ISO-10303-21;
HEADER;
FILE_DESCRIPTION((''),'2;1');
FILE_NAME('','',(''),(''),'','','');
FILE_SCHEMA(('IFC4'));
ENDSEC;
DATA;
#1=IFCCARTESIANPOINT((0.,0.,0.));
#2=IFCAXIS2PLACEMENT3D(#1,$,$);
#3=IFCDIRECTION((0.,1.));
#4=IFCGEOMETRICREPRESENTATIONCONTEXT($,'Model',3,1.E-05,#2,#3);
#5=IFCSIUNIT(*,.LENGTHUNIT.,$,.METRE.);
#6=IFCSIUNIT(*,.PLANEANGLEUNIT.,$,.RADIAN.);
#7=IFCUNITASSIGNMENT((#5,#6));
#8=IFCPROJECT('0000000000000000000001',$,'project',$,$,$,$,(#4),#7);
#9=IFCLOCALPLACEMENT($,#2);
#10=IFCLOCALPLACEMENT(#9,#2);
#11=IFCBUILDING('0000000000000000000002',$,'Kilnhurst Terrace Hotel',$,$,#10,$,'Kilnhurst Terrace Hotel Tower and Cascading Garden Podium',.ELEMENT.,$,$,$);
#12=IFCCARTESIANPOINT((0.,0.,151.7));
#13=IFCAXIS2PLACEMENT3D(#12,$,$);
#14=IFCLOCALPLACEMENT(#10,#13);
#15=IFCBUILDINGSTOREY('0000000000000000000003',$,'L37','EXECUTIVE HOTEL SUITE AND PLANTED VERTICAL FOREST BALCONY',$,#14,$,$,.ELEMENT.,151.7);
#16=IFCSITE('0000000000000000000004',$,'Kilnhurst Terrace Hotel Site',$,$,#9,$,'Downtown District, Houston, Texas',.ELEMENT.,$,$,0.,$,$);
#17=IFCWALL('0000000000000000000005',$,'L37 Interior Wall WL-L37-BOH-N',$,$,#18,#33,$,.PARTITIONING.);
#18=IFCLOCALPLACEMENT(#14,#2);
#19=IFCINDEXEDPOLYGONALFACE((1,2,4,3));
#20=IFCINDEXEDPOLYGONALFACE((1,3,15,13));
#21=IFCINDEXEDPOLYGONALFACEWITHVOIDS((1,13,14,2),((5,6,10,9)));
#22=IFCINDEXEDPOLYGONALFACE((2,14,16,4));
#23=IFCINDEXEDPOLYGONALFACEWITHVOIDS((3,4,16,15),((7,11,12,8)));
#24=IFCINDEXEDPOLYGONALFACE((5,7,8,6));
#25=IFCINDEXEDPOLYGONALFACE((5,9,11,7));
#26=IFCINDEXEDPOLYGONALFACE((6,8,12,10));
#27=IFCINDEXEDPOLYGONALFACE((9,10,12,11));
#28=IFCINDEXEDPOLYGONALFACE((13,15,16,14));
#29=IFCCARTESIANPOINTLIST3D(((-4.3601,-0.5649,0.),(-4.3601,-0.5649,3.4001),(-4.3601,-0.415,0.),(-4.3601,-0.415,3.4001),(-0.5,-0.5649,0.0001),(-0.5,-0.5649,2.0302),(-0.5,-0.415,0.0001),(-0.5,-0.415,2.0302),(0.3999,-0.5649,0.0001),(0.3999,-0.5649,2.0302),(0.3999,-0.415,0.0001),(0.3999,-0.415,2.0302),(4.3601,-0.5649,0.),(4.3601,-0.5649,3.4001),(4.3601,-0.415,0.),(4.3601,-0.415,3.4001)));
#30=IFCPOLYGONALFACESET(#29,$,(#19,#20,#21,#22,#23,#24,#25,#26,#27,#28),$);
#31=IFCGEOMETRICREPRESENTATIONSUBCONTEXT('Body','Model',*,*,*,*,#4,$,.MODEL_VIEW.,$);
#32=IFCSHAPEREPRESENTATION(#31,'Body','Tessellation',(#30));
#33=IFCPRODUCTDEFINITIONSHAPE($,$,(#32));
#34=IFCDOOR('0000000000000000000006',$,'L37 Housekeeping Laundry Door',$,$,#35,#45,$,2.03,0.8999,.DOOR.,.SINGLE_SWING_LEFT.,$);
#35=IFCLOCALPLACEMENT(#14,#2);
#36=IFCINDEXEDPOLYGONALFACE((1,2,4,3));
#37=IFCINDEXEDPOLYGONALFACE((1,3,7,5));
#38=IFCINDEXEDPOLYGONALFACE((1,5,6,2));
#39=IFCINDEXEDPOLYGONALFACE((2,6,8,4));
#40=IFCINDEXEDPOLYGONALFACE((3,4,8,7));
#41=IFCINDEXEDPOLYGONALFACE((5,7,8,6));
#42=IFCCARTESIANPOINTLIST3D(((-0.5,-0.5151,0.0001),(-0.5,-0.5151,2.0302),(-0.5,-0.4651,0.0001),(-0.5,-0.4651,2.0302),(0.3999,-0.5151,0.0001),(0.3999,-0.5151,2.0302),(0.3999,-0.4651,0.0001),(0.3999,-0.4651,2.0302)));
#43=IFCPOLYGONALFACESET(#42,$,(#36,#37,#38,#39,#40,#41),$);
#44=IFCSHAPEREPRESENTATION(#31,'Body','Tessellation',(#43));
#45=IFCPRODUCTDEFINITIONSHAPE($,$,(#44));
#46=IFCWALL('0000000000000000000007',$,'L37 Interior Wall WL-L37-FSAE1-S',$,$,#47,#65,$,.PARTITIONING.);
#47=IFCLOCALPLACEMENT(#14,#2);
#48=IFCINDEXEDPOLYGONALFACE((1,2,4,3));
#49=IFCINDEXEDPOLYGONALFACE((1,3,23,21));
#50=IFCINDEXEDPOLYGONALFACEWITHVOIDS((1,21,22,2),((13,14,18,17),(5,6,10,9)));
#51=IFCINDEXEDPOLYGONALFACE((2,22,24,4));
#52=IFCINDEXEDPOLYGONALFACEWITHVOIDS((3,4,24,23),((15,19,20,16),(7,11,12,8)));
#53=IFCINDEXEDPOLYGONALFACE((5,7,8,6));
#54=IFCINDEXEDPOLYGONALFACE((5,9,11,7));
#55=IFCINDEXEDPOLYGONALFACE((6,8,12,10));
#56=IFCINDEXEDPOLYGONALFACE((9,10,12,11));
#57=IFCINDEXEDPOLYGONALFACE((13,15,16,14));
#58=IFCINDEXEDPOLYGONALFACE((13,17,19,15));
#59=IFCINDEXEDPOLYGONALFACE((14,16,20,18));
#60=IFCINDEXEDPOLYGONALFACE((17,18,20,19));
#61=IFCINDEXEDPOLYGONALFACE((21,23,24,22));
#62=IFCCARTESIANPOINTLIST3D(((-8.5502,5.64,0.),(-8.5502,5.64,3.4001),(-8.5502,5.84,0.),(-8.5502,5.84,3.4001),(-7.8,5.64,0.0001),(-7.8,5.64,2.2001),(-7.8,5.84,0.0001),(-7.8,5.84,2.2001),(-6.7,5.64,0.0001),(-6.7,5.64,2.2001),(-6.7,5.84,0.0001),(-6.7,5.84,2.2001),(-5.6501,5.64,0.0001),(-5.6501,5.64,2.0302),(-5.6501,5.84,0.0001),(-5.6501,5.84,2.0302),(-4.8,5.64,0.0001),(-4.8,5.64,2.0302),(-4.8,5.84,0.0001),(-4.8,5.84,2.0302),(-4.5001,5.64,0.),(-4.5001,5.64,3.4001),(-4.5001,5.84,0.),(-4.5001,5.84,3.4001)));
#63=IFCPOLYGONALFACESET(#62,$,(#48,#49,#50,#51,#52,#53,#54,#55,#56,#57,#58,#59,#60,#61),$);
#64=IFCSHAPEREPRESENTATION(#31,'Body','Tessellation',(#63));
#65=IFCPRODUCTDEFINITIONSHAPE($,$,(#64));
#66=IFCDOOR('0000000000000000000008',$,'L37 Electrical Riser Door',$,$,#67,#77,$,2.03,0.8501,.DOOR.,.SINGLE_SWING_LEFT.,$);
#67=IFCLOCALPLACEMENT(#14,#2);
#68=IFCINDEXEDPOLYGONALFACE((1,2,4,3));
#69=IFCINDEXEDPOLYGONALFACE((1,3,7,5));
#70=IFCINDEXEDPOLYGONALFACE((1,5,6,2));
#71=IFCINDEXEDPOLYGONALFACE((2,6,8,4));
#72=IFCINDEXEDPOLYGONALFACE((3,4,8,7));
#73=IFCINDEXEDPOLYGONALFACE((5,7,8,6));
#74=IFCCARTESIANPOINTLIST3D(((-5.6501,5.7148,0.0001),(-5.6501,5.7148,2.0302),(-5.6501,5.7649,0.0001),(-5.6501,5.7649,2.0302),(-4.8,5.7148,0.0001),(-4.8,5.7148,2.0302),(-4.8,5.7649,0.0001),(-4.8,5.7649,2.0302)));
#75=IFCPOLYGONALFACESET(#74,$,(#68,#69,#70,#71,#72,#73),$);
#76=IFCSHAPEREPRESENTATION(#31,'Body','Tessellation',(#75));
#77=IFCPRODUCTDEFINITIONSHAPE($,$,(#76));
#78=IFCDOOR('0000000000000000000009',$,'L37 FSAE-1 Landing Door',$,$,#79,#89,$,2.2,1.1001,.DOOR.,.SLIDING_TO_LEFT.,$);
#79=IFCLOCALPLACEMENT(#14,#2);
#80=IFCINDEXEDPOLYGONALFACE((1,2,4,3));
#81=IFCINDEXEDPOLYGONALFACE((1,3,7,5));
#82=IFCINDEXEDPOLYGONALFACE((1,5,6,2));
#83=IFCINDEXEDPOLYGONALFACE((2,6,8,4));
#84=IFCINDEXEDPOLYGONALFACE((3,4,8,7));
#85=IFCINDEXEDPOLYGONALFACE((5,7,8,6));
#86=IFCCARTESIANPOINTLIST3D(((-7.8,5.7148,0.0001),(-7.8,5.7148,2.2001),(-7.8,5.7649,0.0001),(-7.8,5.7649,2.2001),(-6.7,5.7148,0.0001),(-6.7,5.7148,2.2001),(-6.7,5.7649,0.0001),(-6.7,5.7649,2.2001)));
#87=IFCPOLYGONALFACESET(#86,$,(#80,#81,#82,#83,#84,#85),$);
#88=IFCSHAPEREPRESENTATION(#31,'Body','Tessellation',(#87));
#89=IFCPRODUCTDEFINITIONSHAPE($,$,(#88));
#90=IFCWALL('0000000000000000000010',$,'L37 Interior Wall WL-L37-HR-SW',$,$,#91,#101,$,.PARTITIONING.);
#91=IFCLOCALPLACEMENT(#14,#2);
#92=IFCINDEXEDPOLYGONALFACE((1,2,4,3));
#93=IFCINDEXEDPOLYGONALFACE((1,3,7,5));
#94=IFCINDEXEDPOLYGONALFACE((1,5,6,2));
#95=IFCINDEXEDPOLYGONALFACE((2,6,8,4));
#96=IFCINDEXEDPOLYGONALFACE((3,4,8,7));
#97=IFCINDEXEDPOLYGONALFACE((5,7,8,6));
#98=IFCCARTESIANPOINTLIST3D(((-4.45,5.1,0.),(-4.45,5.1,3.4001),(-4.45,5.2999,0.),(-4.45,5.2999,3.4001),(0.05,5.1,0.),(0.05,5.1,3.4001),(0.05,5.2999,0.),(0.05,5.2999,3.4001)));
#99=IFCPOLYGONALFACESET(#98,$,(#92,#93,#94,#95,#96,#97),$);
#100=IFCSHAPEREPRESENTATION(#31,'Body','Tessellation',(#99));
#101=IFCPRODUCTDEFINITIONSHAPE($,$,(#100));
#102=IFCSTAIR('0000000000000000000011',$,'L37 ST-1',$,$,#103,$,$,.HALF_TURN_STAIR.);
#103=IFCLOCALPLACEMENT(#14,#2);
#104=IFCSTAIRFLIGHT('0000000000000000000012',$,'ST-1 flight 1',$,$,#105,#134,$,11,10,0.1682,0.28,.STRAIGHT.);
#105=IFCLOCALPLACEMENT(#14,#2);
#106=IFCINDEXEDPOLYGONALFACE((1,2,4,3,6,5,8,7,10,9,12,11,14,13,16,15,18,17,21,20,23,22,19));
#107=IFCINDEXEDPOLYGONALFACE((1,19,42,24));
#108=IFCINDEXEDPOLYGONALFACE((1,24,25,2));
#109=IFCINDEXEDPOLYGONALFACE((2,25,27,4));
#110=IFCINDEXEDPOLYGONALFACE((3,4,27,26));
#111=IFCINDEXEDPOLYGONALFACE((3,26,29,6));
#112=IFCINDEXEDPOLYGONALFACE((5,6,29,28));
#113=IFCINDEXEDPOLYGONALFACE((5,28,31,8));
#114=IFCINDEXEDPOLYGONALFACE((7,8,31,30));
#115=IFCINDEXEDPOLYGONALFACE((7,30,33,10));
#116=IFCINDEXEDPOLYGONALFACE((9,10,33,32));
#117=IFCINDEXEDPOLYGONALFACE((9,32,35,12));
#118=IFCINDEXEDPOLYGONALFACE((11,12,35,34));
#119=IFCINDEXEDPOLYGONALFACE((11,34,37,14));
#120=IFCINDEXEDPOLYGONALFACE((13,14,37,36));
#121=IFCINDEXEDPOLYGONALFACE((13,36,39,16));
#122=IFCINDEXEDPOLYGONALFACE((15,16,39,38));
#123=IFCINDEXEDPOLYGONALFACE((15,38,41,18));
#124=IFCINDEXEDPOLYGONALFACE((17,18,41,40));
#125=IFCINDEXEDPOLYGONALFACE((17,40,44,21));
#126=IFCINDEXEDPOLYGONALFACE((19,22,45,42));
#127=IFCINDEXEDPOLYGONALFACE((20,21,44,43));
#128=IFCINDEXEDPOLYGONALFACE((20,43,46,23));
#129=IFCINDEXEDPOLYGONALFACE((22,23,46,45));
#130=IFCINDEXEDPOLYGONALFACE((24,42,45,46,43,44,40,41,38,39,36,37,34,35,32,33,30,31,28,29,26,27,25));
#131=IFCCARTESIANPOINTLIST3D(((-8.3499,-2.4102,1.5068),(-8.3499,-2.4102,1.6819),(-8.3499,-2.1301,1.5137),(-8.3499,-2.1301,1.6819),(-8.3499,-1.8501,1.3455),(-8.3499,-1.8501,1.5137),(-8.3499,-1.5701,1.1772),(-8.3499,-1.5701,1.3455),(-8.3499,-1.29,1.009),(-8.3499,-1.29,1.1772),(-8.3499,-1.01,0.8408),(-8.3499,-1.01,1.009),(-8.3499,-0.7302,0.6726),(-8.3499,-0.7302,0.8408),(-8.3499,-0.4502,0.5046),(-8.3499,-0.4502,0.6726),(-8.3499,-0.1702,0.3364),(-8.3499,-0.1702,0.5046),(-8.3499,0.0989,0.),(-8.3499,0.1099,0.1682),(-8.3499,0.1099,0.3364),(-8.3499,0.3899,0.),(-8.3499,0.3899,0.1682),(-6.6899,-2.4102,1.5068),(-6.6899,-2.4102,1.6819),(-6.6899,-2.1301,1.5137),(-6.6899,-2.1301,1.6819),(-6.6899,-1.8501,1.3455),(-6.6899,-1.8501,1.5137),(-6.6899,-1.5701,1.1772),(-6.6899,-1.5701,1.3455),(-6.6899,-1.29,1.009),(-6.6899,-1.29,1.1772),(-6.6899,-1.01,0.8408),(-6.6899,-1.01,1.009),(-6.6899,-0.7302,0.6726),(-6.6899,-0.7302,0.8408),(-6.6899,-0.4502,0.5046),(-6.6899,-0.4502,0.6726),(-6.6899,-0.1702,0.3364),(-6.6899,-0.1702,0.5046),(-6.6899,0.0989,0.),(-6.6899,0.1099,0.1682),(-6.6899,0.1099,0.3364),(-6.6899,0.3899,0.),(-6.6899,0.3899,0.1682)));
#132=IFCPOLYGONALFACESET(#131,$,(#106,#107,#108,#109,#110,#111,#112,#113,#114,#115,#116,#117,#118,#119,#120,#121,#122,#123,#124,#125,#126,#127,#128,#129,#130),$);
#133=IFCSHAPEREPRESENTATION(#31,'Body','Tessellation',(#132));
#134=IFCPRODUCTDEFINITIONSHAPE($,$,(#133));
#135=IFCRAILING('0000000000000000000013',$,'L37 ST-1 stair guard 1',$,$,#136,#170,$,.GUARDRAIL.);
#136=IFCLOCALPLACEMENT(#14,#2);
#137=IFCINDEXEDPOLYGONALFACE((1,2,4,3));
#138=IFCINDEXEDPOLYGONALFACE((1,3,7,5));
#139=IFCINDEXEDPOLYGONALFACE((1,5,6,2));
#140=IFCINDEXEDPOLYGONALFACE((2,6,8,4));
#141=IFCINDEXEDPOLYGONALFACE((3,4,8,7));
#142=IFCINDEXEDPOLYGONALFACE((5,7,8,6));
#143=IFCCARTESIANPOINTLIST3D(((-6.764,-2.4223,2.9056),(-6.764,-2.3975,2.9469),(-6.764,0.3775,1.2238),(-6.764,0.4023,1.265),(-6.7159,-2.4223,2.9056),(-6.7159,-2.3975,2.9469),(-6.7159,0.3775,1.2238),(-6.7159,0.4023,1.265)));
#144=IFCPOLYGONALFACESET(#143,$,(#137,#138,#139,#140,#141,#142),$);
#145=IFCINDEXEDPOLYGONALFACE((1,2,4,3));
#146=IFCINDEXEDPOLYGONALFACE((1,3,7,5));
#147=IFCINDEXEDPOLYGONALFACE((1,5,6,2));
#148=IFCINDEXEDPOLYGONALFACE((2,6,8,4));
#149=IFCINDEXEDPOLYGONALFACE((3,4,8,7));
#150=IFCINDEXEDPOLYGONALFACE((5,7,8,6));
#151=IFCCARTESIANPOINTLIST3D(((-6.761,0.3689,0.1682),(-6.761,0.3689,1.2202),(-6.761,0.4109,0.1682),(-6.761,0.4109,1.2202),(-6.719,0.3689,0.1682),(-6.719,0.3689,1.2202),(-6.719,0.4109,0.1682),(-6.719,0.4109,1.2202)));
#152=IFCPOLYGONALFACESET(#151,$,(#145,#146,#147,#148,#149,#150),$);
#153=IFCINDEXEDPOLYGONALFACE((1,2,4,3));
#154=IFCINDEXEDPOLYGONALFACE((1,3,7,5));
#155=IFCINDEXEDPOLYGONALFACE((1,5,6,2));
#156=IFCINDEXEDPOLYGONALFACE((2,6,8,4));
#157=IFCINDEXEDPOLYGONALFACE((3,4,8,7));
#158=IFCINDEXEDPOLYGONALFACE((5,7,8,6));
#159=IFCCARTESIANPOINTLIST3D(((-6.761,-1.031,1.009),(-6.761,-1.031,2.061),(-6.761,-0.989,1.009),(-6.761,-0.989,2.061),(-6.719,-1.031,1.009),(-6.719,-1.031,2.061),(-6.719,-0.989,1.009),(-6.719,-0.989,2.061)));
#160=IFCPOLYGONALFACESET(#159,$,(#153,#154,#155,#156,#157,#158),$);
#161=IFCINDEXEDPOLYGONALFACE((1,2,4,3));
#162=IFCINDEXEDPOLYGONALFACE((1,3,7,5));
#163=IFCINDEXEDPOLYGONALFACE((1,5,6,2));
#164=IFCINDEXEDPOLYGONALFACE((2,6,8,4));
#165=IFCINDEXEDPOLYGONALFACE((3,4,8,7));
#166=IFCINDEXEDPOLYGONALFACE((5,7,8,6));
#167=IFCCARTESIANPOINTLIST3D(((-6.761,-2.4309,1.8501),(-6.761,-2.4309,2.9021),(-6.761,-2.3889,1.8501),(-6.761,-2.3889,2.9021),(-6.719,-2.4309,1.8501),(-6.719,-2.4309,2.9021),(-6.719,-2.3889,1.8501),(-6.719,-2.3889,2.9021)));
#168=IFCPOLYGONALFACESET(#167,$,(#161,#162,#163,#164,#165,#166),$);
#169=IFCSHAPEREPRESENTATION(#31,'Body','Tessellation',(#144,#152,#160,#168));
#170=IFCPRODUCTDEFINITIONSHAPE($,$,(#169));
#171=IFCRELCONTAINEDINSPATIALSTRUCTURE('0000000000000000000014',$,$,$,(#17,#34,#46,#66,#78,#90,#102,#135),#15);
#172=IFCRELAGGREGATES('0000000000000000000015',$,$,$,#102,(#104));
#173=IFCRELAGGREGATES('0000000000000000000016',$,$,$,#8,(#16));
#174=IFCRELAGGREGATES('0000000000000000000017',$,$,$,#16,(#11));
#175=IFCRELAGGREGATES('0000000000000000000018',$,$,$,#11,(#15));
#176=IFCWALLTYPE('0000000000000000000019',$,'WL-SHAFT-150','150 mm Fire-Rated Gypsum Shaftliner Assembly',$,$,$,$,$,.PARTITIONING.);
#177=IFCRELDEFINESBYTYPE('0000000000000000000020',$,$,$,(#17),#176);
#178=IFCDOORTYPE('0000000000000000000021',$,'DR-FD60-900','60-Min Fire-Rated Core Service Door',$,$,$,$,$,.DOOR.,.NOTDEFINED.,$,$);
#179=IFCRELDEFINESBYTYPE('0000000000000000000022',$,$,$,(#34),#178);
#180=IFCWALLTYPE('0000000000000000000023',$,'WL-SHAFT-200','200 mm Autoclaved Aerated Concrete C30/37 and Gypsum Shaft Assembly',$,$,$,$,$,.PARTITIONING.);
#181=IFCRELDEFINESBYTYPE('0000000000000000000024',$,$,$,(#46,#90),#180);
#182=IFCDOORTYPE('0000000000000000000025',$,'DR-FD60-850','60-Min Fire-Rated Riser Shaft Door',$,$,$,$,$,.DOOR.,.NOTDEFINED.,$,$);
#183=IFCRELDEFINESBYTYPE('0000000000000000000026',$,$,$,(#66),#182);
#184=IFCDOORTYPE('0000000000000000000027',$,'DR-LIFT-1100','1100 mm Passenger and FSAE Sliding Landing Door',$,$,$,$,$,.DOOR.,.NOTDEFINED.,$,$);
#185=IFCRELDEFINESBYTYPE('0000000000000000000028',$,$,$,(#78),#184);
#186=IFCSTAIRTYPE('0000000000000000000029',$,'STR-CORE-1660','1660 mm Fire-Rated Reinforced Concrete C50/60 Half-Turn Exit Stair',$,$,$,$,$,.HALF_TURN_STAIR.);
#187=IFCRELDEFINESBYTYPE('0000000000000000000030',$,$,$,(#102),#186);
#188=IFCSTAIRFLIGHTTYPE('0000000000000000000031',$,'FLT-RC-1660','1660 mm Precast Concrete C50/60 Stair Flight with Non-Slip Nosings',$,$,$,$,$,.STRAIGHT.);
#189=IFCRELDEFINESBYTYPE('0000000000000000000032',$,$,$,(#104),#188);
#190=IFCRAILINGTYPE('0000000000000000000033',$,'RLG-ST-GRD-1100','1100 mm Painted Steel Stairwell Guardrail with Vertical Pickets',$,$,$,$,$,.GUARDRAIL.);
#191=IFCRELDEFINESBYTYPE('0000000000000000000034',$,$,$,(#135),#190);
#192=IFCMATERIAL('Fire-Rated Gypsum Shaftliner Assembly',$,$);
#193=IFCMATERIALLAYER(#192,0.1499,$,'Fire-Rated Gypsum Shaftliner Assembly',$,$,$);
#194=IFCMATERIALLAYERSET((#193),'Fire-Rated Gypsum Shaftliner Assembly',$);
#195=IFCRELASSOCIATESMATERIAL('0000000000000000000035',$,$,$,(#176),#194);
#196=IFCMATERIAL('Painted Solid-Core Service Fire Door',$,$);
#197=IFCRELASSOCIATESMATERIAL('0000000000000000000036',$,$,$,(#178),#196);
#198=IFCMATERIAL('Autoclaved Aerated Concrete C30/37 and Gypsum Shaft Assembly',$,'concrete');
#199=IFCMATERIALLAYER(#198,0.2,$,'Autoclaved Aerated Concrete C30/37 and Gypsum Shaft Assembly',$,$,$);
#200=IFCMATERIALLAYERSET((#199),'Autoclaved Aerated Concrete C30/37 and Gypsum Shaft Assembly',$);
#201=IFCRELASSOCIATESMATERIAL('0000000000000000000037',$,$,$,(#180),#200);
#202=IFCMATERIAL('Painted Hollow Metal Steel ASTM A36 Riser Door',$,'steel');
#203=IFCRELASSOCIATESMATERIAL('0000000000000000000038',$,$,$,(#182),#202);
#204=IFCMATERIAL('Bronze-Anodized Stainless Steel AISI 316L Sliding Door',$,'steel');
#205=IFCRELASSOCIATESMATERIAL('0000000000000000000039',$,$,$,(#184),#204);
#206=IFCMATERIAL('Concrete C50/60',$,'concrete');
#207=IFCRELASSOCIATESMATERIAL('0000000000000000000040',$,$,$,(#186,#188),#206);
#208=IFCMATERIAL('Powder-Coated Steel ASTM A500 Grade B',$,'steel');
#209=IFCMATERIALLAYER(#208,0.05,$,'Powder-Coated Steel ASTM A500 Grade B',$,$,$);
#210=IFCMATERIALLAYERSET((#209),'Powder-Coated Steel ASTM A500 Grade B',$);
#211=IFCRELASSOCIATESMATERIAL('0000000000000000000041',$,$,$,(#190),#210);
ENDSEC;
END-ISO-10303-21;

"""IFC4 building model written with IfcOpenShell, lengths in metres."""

from ifc_helpers import new_model, si_unit, direction, frame, frame_2d, origin, origin_2d, place, context, subcontext, project, spatial, polyline, rectangle, outline, extrude, material, layer, layer_set, type_object, element, fill, aggregate, save


model = new_model("IFC4")

# Units and contexts
model_context = context("Model", 3, precision=1e-05, world=origin(), true_north=direction((0.0, 1.0)))
body_context = subcontext(model_context, "Body", "Model", "MODEL_VIEW")
ifc_project = project(units=[si_unit("LENGTHUNIT", "METRE"), si_unit("PLANEANGLEUNIT", "RADIAN")], contexts=[model_context])

# Site, building, storey
site_placement = place(None, origin())
site = spatial("IfcSite", under=ifc_project, at=site_placement, Name="Kilnhurst Terrace Hotel Site", LongName="Downtown District, Houston, Texas", CompositionType="ELEMENT", RefElevation=0.0)
building_placement = place(site_placement, origin())
building = spatial("IfcBuilding", under=site, at=building_placement, Name="Kilnhurst Terrace Hotel", LongName="Kilnhurst Terrace Hotel Tower and Cascading Garden Podium", CompositionType="ELEMENT")
storey_placement = place(building_placement, frame((0.0, 0.0, 151.7)))
storey = spatial("IfcBuildingStorey", under=building, at=storey_placement, Name="L37", Description="EXECUTIVE HOTEL SUITE AND PLANTED VERTICAL FOREST BALCONY", CompositionType="ELEMENT", Elevation=151.7)

# Shared definitions
ifc_material_1 = material(Name="Concrete C50/60", Category="concrete")

# Shared definitions
ifc_material_2 = material(Name="Fire-Rated Gypsum Shaftliner Assembly")
ifc_layer_1 = layer(ifc_material_2, 0.1499, Name="Fire-Rated Gypsum Shaftliner Assembly")
ifc_layer_set_1 = layer_set([ifc_layer_1], Name="Fire-Rated Gypsum Shaftliner Assembly")
wall_type_1 = type_object("IfcWallType", Name="WL-SHAFT-150", Description="150 mm Fire-Rated Gypsum Shaftliner Assembly", PredefinedType="PARTITIONING", material=ifc_layer_set_1)

# Wall, opening, door
wall_1_placement = place(storey_placement, frame((-4.3601, -0.49, 0.0), z_axis=(0.0, 0.0, 1.0), x_axis=(1.0, 0.0, 0.0)))
wall_1 = element("IfcWall", 1, at=wall_1_placement, inside=storey, type_object=wall_type_1, Name="L37 Interior Wall WL-L37-BOH-N", PredefinedType="PARTITIONING", context=body_context, shape_type="SweptSolid", body=[
    extrude(rectangle(XDim=8.7202, YDim=0.1499, at=frame_2d((4.3601, 0.0))), origin(), (0.0, 0.0, 1.0), 3.4001),
])
opening_1_placement = place(wall_1_placement, frame((3.8601, 0.0, 0.0)))
opening_1 = element("IfcOpeningElement", 2, at=opening_1_placement, cuts=wall_1, PredefinedType="OPENING", context=body_context, shape_type="SweptSolid", body=[
    extrude(rectangle(XDim=0.8999, YDim=2.03, at=frame_2d((0.45, 1.0151))), frame((0.0, 0.085, 0.0), z_axis=(0.0, -1.0, 0.0), x_axis=(1.0, 0.0, 0.0)), (0.0, 0.0, 1.0), 0.1699),
])
ifc_material_3 = material(Name="Painted Solid-Core Service Fire Door")
door_type_1 = type_object("IfcDoorType", Name="DR-FD60-900", Description="60-Min Fire-Rated Core Service Door", OperationType="NOTDEFINED", PredefinedType="DOOR", material=ifc_material_3)
door_1_placement = place(opening_1_placement, origin())
door_1 = element("IfcDoor", 3, at=door_1_placement, inside=storey, type_object=door_type_1, Name="L37 Housekeeping Laundry Door", OperationType="SINGLE_SWING_LEFT", OverallHeight=2.03, OverallWidth=0.8999, PredefinedType="DOOR", context=body_context, shape_type="SweptSolid", body=[
    extrude(rectangle(XDim=0.8999, YDim=2.03, at=frame_2d((0.45, 1.0151))), frame((0.0, 0.0249, 0.0), z_axis=(0.0, -1.0, 0.0), x_axis=(1.0, 0.0, 0.0)), (0.0, 0.0, 1.0), 0.05),
])
fill(opening_1, door_1)

# Wall, openings, doors
ifc_material_4 = material(Name="Autoclaved Aerated Concrete C30/37 and Gypsum Shaft Assembly", Category="concrete")
ifc_layer_2 = layer(ifc_material_4, 0.2, Name="Autoclaved Aerated Concrete C30/37 and Gypsum Shaft Assembly")
ifc_layer_set_2 = layer_set([ifc_layer_2], Name="Autoclaved Aerated Concrete C30/37 and Gypsum Shaft Assembly")
wall_type_2 = type_object("IfcWallType", Name="WL-SHAFT-200", Description="200 mm Autoclaved Aerated Concrete C30/37 and Gypsum Shaft Assembly", PredefinedType="PARTITIONING", material=ifc_layer_set_2)
wall_2_placement = place(storey_placement, frame((-8.55, 5.74, 0.0), z_axis=(0.0, 0.0, 1.0), x_axis=(1.0, 0.0, 0.0)))
wall_2 = element("IfcWall", 4, at=wall_2_placement, inside=storey, type_object=wall_type_2, Name="L37 Interior Wall WL-L37-FSAE1-S", PredefinedType="PARTITIONING", context=body_context, shape_type="SweptSolid", body=[
    extrude(rectangle(XDim=4.05, YDim=0.2, at=frame_2d((2.0249, 0.0))), origin(), (0.0, 0.0, 1.0), 3.4001),
])
opening_2_placement = place(wall_2_placement, frame((0.75, 0.0, 0.0)))
opening_2 = element("IfcOpeningElement", 5, at=opening_2_placement, cuts=wall_2, PredefinedType="OPENING", context=body_context, shape_type="SweptSolid", body=[
    extrude(rectangle(XDim=1.1001, YDim=2.2, at=frame_2d((0.55, 1.1001))), frame((0.0, 0.1099, 0.0), z_axis=(0.0, -1.0, 0.0), x_axis=(1.0, 0.0, 0.0)), (0.0, 0.0, 1.0), 0.22),
])
opening_3_placement = place(wall_2_placement, frame((2.8999, 0.0, 0.0)))
opening_3 = element("IfcOpeningElement", 6, at=opening_3_placement, cuts=wall_2, PredefinedType="OPENING", context=body_context, shape_type="SweptSolid", body=[
    extrude(rectangle(XDim=0.8501, YDim=2.03, at=frame_2d((0.425, 1.0151))), frame((0.0, 0.1099, 0.0), z_axis=(0.0, -1.0, 0.0), x_axis=(1.0, 0.0, 0.0)), (0.0, 0.0, 1.0), 0.22),
])
ifc_material_5 = material(Name="Painted Hollow Metal Steel ASTM A36 Riser Door", Category="steel")
door_type_2 = type_object("IfcDoorType", Name="DR-FD60-850", Description="60-Min Fire-Rated Riser Shaft Door", OperationType="NOTDEFINED", PredefinedType="DOOR", material=ifc_material_5)
door_2_placement = place(opening_3_placement, origin())
door_2 = element("IfcDoor", 7, at=door_2_placement, inside=storey, type_object=door_type_2, Name="L37 Electrical Riser Door", OperationType="SINGLE_SWING_LEFT", OverallHeight=2.03, OverallWidth=0.8501, PredefinedType="DOOR", context=body_context, shape_type="SweptSolid", body=[
    extrude(rectangle(XDim=0.8501, YDim=2.03, at=frame_2d((0.425, 1.0151))), frame((0.0, 0.0249, 0.0), z_axis=(0.0, -1.0, 0.0), x_axis=(1.0, 0.0, 0.0)), (0.0, 0.0, 1.0), 0.05),
])
fill(opening_3, door_2)
ifc_material_6 = material(Name="Bronze-Anodized Stainless Steel AISI 316L Sliding Door", Category="steel")
door_type_3 = type_object("IfcDoorType", Name="DR-LIFT-1100", Description="1100 mm Passenger and FSAE Sliding Landing Door", OperationType="NOTDEFINED", PredefinedType="DOOR", material=ifc_material_6)
door_3_placement = place(opening_2_placement, origin())
door_3 = element("IfcDoor", 8, at=door_3_placement, inside=storey, type_object=door_type_3, Name="L37 FSAE-1 Landing Door", OperationType="SLIDING_TO_LEFT", OverallHeight=2.2, OverallWidth=1.1001, PredefinedType="DOOR", context=body_context, shape_type="SweptSolid", body=[
    extrude(rectangle(XDim=1.1001, YDim=2.2, at=frame_2d((0.55, 1.1001))), frame((0.0, 0.0249, 0.0), z_axis=(0.0, -1.0, 0.0), x_axis=(1.0, 0.0, 0.0)), (0.0, 0.0, 1.0), 0.05),
])
fill(opening_2, door_3)

# Wall
wall_3_placement = place(storey_placement, frame((-4.45, 5.2, 0.0), z_axis=(0.0, 0.0, 1.0), x_axis=(1.0, 0.0, 0.0)))
element("IfcWall", 9, at=wall_3_placement, inside=storey, type_object=wall_type_2, Name="L37 Interior Wall WL-L37-HR-SW", PredefinedType="PARTITIONING", context=body_context, shape_type="SweptSolid", body=[
    extrude(rectangle(XDim=4.5, YDim=0.2, at=frame_2d((2.25, 0.0))), origin(), (0.0, 0.0, 1.0), 3.4001),
])

# Stair, stair flight
stair_type = type_object("IfcStairType", Name="STR-CORE-1660", Description="1660 mm Fire-Rated Reinforced Concrete C50/60 Half-Turn Exit Stair", PredefinedType="HALF_TURN_STAIR", material=ifc_material_1)
stair_placement = place(storey_placement, origin())
stair = element("IfcStair", 10, at=stair_placement, inside=storey, type_object=stair_type, Name="L37 ST-1", PredefinedType="HALF_TURN_STAIR")
stair_flight_type = type_object("IfcStairFlightType", Name="FLT-RC-1660", Description="1660 mm Precast Concrete C50/60 Stair Flight with Non-Slip Nosings", PredefinedType="STRAIGHT", material=ifc_material_1)
stair_flight_placement = place(storey_placement, frame((-7.52, 0.3899, 0.0), z_axis=(0.0, 0.0, 1.0), x_axis=(0.0, -1.0, 0.0)))
stair_flight = element("IfcStairFlight", 11, at=stair_flight_placement, type_object=stair_flight_type, Name="ST-1 flight 1", NumberOfRisers=11, NumberOfTreads=10, PredefinedType="STRAIGHT", RiserHeight=0.1682, TreadLength=0.28, context=body_context, shape_type="SweptSolid", body=[
    extrude(outline(polyline([(0.0, 0.0), (0.0, 0.1682), (0.28, 0.1682), (0.28, 0.3364), (0.5601, 0.3364), (0.5601, 0.5046), (0.8401, 0.5046), (0.8401, 0.6726), (1.1201, 0.6726), (1.1201, 0.8408), (1.3999, 0.8408), (1.3999, 1.009), (1.6799, 1.009), (1.6799, 1.1772), (1.96, 1.1772), (1.96, 1.3455), (2.24, 1.3455), (2.24, 1.5137), (2.52, 1.5137), (2.52, 1.6819), (2.8, 1.6819), (2.8, 1.8501), (2.8, 1.5068), (0.291, 0.0), (0.0, 0.0)])), frame((0.0, 0.8301, 0.0), z_axis=(0.0, -1.0, 0.0), x_axis=(1.0, 0.0, 0.0)), (0.0, 0.0, 1.0), 1.6599),
])
aggregate(stair, [stair_flight])

# Railing
ifc_material_7 = material(Name="Powder-Coated Steel ASTM A500 Grade B", Category="steel")
ifc_layer_3 = layer(ifc_material_7, 0.05, Name="Powder-Coated Steel ASTM A500 Grade B")
ifc_layer_set_3 = layer_set([ifc_layer_3], Name="Powder-Coated Steel ASTM A500 Grade B")
railing_type_1 = type_object("IfcRailingType", Name="RLG-ST-GRD-1100", Description="1100 mm Painted Steel Stairwell Guardrail with Vertical Pickets", PredefinedType="GUARDRAIL", material=ifc_layer_set_3)
railing_1_placement = place(storey_placement, frame((-6.74, 0.3899, 0.1682)))
element("IfcRailing", 12, at=railing_1_placement, inside=storey, type_object=railing_type_1, Name="L37 ST-1 stair guard 1", PredefinedType="GUARDRAIL", context=body_context, shape_type="SweptSolid", body=[
    extrude(rectangle(XDim=0.0481, YDim=0.0481, at=origin_2d()), frame((0.0, 0.0, 1.0762), z_axis=(0.0, -0.857222, 0.514946), x_axis=(1.0, 0.0, 0.0)), (0.0, 0.0, 1.0), 3.2661),
    extrude(rectangle(XDim=0.042, YDim=0.042, at=origin_2d()), origin(), (0.0, 0.0, 1.0), 1.052),
    extrude(rectangle(XDim=0.042, YDim=0.042, at=origin_2d()), frame((0.0, -1.3999, 0.8408)), (0.0, 0.0, 1.0), 1.052),
    extrude(rectangle(XDim=0.042, YDim=0.042, at=origin_2d()), frame((0.0, -2.7998, 1.6819)), (0.0, 0.0, 1.0), 1.052),
])

save(model, "model.ifc")
